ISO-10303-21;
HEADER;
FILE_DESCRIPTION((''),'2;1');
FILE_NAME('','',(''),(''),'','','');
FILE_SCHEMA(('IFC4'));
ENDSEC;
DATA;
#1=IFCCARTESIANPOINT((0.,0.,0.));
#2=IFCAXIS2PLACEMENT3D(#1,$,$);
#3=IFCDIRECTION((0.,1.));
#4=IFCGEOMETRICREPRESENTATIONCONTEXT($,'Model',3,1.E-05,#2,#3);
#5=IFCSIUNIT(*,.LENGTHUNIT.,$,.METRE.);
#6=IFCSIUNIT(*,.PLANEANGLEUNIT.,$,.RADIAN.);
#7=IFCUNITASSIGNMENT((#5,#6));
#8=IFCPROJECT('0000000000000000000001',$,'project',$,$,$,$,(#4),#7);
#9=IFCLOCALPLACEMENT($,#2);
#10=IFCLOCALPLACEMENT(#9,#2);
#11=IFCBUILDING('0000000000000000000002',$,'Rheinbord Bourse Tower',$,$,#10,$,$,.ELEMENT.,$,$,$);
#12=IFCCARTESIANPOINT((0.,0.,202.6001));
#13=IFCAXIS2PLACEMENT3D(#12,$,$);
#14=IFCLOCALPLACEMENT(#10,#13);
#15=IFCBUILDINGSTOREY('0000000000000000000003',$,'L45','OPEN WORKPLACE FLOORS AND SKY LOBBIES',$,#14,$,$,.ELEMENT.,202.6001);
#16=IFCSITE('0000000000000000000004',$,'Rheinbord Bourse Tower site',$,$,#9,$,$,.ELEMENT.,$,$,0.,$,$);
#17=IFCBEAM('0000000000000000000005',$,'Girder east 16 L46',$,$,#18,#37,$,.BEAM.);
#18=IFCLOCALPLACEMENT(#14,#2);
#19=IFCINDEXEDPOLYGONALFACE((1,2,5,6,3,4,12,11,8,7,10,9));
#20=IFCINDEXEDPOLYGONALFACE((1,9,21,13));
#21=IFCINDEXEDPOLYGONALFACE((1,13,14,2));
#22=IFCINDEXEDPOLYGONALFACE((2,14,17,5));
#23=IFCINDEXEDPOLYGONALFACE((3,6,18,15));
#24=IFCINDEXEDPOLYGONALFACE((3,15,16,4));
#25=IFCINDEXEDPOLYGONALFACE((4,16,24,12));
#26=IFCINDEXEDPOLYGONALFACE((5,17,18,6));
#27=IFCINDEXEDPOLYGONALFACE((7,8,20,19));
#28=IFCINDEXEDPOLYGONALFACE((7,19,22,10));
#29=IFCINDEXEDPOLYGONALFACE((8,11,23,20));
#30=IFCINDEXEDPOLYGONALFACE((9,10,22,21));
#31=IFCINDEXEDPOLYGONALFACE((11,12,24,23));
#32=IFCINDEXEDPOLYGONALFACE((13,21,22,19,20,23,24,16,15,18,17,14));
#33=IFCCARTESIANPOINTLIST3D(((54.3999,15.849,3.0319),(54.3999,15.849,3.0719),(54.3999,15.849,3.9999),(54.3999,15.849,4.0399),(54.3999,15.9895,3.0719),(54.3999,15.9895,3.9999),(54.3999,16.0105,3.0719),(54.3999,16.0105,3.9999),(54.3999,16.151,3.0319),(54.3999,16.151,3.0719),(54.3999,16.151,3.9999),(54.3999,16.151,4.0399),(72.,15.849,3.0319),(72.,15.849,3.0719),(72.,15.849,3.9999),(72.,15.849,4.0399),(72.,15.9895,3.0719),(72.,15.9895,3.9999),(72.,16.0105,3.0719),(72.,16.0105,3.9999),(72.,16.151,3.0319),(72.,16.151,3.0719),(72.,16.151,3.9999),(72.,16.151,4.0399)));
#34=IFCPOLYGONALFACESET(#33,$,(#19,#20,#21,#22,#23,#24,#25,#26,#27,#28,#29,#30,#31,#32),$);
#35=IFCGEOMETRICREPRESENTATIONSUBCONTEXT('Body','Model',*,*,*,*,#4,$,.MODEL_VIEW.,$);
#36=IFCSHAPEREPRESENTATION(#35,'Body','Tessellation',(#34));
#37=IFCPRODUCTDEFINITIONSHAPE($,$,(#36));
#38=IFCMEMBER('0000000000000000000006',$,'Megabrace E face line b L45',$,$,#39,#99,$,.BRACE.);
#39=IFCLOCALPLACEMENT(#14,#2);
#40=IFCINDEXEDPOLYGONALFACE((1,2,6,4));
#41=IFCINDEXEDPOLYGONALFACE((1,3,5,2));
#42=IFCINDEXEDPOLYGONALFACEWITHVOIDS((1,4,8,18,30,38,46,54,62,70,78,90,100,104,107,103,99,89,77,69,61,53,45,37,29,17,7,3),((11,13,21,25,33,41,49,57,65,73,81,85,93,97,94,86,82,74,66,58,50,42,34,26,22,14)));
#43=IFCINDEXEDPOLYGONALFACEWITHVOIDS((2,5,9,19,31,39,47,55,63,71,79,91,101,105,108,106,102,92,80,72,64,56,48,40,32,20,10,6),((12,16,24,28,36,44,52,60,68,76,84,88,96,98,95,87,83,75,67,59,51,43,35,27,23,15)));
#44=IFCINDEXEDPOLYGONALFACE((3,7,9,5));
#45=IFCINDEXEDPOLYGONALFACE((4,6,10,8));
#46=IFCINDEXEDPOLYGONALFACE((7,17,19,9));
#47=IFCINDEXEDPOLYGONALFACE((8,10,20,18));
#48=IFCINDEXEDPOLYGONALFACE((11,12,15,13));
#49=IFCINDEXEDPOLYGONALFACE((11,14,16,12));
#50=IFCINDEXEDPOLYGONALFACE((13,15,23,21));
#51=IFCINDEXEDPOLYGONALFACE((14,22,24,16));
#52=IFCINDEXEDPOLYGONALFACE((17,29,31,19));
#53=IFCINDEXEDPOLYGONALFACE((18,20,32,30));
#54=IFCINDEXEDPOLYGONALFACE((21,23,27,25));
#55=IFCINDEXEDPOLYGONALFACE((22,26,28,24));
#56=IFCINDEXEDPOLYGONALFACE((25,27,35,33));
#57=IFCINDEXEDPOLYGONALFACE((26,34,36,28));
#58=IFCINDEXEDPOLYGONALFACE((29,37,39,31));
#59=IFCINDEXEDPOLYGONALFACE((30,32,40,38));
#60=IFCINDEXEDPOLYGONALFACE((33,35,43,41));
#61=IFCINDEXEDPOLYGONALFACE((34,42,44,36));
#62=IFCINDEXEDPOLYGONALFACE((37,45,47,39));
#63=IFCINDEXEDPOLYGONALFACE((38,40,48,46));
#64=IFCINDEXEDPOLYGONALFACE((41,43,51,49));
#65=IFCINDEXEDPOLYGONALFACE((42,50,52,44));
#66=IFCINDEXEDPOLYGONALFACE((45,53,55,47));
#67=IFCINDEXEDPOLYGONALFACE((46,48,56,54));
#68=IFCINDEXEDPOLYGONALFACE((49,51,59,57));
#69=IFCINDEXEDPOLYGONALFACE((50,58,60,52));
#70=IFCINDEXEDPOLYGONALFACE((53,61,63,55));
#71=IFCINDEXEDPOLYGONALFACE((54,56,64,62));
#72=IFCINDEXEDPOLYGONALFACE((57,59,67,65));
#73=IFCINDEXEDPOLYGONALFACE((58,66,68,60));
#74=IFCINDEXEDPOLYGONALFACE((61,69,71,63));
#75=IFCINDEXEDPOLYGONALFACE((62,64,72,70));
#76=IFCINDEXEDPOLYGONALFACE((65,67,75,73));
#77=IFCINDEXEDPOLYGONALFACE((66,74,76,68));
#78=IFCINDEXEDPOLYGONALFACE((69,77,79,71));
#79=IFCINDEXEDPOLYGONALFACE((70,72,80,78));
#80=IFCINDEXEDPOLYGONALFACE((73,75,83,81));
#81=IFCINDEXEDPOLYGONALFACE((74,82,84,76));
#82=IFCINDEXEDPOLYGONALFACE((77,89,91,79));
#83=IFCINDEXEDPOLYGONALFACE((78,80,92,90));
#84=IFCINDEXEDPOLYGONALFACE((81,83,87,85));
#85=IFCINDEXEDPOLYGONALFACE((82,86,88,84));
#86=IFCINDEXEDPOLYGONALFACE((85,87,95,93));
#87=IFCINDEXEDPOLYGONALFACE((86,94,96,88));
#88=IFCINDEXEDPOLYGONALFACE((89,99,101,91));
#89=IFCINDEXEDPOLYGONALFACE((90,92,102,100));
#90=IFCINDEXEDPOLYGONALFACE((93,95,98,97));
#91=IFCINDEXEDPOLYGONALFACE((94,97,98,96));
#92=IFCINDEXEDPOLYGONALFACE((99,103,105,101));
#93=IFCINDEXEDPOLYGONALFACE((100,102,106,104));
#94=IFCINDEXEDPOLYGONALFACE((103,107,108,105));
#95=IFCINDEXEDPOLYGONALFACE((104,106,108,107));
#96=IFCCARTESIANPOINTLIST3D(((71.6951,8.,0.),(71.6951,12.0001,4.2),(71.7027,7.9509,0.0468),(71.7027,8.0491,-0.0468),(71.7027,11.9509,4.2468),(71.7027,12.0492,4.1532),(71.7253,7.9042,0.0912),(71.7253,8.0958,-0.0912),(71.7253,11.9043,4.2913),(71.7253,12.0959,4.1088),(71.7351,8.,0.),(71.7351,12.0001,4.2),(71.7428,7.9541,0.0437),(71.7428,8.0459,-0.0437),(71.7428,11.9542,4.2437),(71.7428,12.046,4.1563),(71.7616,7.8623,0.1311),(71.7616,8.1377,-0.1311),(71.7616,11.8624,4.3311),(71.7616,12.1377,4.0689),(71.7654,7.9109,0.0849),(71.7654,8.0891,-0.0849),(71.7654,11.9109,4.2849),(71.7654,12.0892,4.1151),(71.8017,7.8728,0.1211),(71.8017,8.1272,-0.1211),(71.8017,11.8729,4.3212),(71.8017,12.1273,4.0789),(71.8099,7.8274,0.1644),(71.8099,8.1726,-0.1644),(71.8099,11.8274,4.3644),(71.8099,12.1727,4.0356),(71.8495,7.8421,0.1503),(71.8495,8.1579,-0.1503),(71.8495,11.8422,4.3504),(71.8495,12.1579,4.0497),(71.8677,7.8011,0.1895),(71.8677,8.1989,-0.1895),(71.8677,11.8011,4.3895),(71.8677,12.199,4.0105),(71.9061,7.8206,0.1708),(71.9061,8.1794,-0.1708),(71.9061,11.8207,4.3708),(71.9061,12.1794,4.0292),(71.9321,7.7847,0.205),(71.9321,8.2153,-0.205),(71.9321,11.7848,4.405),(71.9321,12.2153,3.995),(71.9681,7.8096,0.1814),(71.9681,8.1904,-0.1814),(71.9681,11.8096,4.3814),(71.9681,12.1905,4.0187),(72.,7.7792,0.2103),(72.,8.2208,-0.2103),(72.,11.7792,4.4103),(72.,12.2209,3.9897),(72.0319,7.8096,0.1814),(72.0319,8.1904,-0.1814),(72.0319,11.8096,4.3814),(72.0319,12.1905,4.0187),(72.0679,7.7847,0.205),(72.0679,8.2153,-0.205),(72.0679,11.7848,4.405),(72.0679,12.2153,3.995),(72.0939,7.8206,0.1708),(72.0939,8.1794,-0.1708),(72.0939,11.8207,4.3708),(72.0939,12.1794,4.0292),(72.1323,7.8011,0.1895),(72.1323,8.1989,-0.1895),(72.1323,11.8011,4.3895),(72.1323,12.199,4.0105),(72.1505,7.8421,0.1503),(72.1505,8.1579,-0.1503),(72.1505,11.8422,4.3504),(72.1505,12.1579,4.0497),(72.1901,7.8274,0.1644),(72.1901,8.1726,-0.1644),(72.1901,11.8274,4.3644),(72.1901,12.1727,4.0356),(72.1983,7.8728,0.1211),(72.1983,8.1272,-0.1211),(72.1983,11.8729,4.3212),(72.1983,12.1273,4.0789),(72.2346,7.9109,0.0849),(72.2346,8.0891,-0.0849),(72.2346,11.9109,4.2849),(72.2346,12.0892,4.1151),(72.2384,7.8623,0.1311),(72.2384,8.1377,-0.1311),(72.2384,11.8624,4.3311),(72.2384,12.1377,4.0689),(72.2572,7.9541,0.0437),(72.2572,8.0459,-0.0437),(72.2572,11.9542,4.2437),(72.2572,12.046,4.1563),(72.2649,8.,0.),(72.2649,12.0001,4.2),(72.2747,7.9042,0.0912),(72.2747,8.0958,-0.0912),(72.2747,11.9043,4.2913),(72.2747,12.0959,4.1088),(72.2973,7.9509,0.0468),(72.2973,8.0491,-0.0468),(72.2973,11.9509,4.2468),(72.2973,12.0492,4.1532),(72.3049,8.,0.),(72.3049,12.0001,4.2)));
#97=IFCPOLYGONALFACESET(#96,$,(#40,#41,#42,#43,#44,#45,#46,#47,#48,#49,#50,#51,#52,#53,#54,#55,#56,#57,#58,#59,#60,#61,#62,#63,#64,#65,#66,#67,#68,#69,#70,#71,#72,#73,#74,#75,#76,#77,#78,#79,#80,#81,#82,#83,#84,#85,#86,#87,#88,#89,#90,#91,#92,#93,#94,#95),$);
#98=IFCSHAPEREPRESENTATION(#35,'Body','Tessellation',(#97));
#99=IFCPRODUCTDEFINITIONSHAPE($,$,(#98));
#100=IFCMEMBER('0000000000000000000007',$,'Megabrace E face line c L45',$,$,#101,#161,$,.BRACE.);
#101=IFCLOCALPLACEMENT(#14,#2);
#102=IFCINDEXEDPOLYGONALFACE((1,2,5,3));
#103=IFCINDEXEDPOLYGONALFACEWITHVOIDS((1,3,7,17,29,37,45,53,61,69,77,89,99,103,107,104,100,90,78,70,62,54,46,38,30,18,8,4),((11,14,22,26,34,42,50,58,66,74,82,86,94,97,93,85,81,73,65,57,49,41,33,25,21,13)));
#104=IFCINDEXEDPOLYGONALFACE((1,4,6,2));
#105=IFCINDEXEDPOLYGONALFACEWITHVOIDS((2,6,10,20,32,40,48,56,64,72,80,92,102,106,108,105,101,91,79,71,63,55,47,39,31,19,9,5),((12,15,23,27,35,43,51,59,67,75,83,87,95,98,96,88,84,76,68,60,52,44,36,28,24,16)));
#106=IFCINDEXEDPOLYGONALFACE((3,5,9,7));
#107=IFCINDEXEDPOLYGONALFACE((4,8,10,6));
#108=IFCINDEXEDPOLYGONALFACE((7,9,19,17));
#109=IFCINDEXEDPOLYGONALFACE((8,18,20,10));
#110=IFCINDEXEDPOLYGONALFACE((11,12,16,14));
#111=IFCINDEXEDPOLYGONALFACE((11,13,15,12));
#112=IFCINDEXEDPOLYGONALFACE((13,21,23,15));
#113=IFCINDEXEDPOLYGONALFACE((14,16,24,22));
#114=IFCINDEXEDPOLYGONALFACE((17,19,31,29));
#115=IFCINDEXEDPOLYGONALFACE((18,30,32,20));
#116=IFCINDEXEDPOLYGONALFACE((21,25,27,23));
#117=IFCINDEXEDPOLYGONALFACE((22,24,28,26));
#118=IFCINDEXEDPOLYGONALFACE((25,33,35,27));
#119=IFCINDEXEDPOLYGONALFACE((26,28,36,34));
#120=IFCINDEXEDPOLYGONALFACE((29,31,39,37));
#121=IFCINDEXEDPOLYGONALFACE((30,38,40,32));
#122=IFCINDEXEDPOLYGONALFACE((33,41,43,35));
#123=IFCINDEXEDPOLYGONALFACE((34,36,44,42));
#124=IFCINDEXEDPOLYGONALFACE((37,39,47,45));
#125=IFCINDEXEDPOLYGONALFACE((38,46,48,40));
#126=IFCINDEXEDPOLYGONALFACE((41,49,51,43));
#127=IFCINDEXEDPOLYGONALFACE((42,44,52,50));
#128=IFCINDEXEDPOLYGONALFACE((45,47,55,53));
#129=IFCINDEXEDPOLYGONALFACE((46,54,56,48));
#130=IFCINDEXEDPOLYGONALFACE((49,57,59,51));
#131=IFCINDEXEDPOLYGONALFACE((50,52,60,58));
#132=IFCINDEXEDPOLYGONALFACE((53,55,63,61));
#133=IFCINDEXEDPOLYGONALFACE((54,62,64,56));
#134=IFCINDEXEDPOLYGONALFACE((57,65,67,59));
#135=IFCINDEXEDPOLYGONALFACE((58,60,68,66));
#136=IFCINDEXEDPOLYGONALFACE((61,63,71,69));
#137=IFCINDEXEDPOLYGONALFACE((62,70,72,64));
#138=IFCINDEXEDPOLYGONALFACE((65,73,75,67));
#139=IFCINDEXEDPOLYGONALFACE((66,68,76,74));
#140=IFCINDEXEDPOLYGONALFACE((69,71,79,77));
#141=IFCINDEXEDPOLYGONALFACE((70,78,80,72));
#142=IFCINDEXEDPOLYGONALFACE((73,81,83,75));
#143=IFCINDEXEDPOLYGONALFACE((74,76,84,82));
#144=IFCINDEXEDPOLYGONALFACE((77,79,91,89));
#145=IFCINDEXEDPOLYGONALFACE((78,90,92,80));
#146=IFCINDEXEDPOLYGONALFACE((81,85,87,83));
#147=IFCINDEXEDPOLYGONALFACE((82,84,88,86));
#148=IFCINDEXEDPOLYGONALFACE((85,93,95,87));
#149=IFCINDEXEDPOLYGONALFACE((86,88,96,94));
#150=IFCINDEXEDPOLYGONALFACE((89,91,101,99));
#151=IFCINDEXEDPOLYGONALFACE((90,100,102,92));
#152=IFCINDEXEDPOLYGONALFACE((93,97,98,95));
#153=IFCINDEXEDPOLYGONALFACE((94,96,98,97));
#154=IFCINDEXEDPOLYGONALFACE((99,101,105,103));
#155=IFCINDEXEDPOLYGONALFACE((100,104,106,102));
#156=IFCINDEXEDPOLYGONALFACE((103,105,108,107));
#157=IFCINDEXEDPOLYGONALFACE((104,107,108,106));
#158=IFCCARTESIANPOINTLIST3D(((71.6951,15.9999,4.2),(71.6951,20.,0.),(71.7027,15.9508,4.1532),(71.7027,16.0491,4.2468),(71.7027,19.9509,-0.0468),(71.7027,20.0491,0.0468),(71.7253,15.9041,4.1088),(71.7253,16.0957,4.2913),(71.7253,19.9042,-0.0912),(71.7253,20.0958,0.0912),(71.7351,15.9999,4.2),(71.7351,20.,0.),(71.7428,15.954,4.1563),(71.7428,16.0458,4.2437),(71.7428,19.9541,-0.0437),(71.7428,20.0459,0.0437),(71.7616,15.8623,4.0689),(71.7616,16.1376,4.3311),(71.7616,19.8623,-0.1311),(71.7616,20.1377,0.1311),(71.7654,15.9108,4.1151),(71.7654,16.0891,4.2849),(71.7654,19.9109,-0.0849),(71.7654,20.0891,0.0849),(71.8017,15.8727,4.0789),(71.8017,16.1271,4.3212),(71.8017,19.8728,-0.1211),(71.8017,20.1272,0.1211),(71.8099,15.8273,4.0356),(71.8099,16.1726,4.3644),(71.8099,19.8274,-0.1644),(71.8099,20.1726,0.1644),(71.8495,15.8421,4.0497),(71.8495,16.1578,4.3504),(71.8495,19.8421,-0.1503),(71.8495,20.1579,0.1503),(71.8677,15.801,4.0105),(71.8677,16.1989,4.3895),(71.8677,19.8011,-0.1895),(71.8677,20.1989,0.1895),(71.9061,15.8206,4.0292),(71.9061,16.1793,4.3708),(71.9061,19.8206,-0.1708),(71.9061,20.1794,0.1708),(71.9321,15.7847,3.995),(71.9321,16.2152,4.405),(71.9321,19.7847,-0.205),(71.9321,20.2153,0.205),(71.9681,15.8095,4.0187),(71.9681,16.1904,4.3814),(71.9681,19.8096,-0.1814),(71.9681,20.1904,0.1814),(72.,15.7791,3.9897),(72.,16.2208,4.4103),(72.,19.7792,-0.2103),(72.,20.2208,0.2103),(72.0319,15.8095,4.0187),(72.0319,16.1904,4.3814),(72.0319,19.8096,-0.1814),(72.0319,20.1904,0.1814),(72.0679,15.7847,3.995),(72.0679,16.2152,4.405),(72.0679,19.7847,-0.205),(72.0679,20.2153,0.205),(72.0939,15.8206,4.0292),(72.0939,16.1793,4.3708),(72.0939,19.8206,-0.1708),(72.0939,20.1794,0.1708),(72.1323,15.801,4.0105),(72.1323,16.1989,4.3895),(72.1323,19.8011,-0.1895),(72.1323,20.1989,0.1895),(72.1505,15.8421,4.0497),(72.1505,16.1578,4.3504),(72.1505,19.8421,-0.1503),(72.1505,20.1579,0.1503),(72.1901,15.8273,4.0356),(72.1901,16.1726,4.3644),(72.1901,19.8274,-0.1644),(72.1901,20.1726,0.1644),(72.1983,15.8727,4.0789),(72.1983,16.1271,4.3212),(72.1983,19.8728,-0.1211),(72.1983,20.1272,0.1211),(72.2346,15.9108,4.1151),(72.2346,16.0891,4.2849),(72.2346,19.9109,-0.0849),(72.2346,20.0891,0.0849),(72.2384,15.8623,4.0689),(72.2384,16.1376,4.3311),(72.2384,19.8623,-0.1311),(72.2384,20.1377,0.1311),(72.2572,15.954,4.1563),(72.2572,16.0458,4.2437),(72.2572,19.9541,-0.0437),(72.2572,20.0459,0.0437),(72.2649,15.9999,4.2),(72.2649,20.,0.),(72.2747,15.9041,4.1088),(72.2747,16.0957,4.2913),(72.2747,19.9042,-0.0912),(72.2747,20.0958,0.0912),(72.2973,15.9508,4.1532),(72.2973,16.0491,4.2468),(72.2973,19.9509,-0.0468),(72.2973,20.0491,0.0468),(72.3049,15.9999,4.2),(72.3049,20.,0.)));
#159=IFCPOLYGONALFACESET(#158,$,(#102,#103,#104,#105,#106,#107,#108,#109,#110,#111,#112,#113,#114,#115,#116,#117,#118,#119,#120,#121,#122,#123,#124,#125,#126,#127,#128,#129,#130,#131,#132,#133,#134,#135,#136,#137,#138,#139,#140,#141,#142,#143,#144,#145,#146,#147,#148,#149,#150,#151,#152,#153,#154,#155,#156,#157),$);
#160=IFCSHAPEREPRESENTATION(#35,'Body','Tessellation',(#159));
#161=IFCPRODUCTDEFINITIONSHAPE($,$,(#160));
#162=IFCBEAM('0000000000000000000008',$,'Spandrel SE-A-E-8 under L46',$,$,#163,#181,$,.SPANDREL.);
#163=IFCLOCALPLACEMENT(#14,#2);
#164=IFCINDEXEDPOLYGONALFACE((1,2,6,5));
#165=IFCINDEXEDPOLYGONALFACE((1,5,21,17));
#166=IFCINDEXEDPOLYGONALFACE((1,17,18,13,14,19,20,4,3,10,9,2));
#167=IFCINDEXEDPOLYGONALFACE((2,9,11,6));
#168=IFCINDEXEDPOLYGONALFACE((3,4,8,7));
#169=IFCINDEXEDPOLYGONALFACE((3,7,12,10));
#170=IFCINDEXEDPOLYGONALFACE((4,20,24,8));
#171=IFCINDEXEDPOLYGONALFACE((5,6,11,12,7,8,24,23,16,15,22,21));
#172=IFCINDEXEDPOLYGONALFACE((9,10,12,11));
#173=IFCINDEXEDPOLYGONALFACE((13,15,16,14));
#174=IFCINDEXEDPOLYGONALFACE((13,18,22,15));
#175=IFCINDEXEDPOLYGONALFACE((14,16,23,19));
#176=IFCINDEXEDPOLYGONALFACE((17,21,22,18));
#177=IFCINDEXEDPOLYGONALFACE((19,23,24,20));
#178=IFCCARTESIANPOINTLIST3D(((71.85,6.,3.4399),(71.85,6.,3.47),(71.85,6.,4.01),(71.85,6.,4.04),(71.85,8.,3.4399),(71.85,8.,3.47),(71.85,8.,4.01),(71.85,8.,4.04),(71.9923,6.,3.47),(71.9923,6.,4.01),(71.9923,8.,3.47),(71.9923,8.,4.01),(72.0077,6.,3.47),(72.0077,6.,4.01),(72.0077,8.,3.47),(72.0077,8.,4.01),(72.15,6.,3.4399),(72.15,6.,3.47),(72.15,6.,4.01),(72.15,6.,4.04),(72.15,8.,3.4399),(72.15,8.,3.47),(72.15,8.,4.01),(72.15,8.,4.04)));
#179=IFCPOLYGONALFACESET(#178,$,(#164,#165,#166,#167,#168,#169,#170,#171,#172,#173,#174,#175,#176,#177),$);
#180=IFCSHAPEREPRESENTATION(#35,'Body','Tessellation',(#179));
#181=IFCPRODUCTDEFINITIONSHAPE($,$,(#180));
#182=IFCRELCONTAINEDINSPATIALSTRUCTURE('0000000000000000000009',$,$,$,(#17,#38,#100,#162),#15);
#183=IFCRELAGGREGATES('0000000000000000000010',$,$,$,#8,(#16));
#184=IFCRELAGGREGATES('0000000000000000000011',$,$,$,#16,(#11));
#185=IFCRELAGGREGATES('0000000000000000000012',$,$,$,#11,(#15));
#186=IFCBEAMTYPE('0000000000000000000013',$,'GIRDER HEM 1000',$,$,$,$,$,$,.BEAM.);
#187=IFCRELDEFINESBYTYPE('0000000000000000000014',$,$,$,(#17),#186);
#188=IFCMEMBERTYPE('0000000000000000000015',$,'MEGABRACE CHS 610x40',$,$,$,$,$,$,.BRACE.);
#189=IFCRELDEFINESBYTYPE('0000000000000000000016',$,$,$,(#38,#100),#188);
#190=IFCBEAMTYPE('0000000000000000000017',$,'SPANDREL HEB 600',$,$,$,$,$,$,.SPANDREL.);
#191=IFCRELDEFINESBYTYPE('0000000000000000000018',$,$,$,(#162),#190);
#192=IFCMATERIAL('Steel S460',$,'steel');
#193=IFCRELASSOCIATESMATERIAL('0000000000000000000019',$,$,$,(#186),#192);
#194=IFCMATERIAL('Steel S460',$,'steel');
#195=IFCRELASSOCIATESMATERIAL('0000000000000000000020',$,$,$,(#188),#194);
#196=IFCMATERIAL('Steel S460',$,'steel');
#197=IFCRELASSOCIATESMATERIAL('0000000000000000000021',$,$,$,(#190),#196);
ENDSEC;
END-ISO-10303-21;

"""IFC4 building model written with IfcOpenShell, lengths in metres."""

from ifc_helpers import new_model, si_unit, direction, frame, origin, origin_2d, place, context, subcontext, project, spatial, hollow_circle, i_section, extrude, material, material_profile, profile_set, type_object, element, save


model = new_model("IFC4")

# Units and contexts
model_context = context("Model", 3, precision=1e-05, world=origin(), true_north=direction((0.0, 1.0)))
body_context = subcontext(model_context, "Body", "Model", "MODEL_VIEW")
ifc_project = project(units=[si_unit("LENGTHUNIT", "METRE"), si_unit("PLANEANGLEUNIT", "RADIAN")], contexts=[model_context])

# Site, building, storey
site_placement = place(None, origin())
site = spatial("IfcSite", under=ifc_project, at=site_placement, Name="Rheinbord Bourse Tower site", CompositionType="ELEMENT", RefElevation=0.0)
building_placement = place(site_placement, origin())
building = spatial("IfcBuilding", under=site, at=building_placement, Name="Rheinbord Bourse Tower", CompositionType="ELEMENT")
storey_placement = place(building_placement, frame((0.0, 0.0, 202.6001)))
storey = spatial("IfcBuildingStorey", under=building, at=storey_placement, Name="L45", Description="OPEN WORKPLACE FLOORS AND SKY LOBBIES", CompositionType="ELEMENT", Elevation=202.6001)

# Beam
ifc_material_1 = material(Name="Steel S460", Category="steel")
ifc_material_profile_1 = material_profile(ifc_material_1, i_section(OverallWidth=0.302, OverallDepth=1.0081, WebThickness=0.021, FlangeThickness=0.04, at=origin_2d()), Name="HEM 1000")
ifc_profile_set_1 = profile_set([ifc_material_profile_1], Name="Steel S460")
beam_type_1 = type_object("IfcBeamType", Name="GIRDER HEM 1000", PredefinedType="BEAM", material=ifc_profile_set_1)
beam_1_placement = place(storey_placement, frame((54.3999, 16.0, 3.5359), z_axis=(1.0, 0.0, 0.0), x_axis=(0.0, 1.0, 0.0)))
element("IfcBeam", 1, at=beam_1_placement, inside=storey, type_object=beam_type_1, Name="Girder east 16 L46", PredefinedType="BEAM", context=body_context, shape_type="SweptSolid", body=[
    extrude(i_section(OverallWidth=0.302, OverallDepth=1.0081, WebThickness=0.021, FlangeThickness=0.04, at=origin_2d()), origin(), (0.0, 0.0, 1.0), 17.6001),
])

# Members
ifc_material_2 = material(Name="Steel S460", Category="steel")
ifc_material_profile_2 = material_profile(ifc_material_2, hollow_circle(Radius=0.3049, WallThickness=0.04, at=origin_2d()), Name="CHS 610x40")
ifc_profile_set_2 = profile_set([ifc_material_profile_2], Name="Steel S460")
member_type_1 = type_object("IfcMemberType", Name="MEGABRACE CHS 610x40", PredefinedType="BRACE", material=ifc_profile_set_2)
for number, where, z_axis, x_axis, name in (
    (2, (72.0, 8.0, 0.0), (0.0, 0.689659, 0.724134), (-1.0, 0.0, 0.0), "Megabrace E face line b L45"),
    (3, (72.0, 20.0, 0.0), (0.0, -0.689659, 0.724134), (1.0, 0.0, 0.0), "Megabrace E face line c L45"),
):
    element("IfcMember", number, at=place(storey_placement, frame(where, z_axis=z_axis, x_axis=x_axis)), inside=storey, type_object=member_type_1, Name=name, PredefinedType="BRACE", context=body_context, shape_type="SweptSolid", body=[
        extrude(hollow_circle(Radius=0.3049, WallThickness=0.04, at=origin_2d()), origin(), (0.0, 0.0, 1.0), 5.8),
    ])

# Beam
ifc_material_3 = material(Name="Steel S460", Category="steel")
ifc_material_profile_3 = material_profile(ifc_material_3, i_section(OverallWidth=0.3, OverallDepth=0.6001, WebThickness=0.0154, FlangeThickness=0.03, at=origin_2d()), Name="HEB 600")
ifc_profile_set_3 = profile_set([ifc_material_profile_3], Name="Steel S460")
beam_type_2 = type_object("IfcBeamType", Name="SPANDREL HEB 600", PredefinedType="SPANDREL", material=ifc_profile_set_3)
beam_2_placement = place(storey_placement, frame((72.0, 6.0, 3.74), z_axis=(0.0, 1.0, 0.0), x_axis=(-1.0, 0.0, 0.0)))
element("IfcBeam", 4, at=beam_2_placement, inside=storey, type_object=beam_type_2, Name="Spandrel SE-A-E-8 under L46", PredefinedType="SPANDREL", context=body_context, shape_type="SweptSolid", body=[
    extrude(i_section(OverallWidth=0.3, OverallDepth=0.6001, WebThickness=0.0154, FlangeThickness=0.03, at=origin_2d()), origin(), (0.0, 0.0, 1.0), 2.0),
])

save(model, "model.ifc")
